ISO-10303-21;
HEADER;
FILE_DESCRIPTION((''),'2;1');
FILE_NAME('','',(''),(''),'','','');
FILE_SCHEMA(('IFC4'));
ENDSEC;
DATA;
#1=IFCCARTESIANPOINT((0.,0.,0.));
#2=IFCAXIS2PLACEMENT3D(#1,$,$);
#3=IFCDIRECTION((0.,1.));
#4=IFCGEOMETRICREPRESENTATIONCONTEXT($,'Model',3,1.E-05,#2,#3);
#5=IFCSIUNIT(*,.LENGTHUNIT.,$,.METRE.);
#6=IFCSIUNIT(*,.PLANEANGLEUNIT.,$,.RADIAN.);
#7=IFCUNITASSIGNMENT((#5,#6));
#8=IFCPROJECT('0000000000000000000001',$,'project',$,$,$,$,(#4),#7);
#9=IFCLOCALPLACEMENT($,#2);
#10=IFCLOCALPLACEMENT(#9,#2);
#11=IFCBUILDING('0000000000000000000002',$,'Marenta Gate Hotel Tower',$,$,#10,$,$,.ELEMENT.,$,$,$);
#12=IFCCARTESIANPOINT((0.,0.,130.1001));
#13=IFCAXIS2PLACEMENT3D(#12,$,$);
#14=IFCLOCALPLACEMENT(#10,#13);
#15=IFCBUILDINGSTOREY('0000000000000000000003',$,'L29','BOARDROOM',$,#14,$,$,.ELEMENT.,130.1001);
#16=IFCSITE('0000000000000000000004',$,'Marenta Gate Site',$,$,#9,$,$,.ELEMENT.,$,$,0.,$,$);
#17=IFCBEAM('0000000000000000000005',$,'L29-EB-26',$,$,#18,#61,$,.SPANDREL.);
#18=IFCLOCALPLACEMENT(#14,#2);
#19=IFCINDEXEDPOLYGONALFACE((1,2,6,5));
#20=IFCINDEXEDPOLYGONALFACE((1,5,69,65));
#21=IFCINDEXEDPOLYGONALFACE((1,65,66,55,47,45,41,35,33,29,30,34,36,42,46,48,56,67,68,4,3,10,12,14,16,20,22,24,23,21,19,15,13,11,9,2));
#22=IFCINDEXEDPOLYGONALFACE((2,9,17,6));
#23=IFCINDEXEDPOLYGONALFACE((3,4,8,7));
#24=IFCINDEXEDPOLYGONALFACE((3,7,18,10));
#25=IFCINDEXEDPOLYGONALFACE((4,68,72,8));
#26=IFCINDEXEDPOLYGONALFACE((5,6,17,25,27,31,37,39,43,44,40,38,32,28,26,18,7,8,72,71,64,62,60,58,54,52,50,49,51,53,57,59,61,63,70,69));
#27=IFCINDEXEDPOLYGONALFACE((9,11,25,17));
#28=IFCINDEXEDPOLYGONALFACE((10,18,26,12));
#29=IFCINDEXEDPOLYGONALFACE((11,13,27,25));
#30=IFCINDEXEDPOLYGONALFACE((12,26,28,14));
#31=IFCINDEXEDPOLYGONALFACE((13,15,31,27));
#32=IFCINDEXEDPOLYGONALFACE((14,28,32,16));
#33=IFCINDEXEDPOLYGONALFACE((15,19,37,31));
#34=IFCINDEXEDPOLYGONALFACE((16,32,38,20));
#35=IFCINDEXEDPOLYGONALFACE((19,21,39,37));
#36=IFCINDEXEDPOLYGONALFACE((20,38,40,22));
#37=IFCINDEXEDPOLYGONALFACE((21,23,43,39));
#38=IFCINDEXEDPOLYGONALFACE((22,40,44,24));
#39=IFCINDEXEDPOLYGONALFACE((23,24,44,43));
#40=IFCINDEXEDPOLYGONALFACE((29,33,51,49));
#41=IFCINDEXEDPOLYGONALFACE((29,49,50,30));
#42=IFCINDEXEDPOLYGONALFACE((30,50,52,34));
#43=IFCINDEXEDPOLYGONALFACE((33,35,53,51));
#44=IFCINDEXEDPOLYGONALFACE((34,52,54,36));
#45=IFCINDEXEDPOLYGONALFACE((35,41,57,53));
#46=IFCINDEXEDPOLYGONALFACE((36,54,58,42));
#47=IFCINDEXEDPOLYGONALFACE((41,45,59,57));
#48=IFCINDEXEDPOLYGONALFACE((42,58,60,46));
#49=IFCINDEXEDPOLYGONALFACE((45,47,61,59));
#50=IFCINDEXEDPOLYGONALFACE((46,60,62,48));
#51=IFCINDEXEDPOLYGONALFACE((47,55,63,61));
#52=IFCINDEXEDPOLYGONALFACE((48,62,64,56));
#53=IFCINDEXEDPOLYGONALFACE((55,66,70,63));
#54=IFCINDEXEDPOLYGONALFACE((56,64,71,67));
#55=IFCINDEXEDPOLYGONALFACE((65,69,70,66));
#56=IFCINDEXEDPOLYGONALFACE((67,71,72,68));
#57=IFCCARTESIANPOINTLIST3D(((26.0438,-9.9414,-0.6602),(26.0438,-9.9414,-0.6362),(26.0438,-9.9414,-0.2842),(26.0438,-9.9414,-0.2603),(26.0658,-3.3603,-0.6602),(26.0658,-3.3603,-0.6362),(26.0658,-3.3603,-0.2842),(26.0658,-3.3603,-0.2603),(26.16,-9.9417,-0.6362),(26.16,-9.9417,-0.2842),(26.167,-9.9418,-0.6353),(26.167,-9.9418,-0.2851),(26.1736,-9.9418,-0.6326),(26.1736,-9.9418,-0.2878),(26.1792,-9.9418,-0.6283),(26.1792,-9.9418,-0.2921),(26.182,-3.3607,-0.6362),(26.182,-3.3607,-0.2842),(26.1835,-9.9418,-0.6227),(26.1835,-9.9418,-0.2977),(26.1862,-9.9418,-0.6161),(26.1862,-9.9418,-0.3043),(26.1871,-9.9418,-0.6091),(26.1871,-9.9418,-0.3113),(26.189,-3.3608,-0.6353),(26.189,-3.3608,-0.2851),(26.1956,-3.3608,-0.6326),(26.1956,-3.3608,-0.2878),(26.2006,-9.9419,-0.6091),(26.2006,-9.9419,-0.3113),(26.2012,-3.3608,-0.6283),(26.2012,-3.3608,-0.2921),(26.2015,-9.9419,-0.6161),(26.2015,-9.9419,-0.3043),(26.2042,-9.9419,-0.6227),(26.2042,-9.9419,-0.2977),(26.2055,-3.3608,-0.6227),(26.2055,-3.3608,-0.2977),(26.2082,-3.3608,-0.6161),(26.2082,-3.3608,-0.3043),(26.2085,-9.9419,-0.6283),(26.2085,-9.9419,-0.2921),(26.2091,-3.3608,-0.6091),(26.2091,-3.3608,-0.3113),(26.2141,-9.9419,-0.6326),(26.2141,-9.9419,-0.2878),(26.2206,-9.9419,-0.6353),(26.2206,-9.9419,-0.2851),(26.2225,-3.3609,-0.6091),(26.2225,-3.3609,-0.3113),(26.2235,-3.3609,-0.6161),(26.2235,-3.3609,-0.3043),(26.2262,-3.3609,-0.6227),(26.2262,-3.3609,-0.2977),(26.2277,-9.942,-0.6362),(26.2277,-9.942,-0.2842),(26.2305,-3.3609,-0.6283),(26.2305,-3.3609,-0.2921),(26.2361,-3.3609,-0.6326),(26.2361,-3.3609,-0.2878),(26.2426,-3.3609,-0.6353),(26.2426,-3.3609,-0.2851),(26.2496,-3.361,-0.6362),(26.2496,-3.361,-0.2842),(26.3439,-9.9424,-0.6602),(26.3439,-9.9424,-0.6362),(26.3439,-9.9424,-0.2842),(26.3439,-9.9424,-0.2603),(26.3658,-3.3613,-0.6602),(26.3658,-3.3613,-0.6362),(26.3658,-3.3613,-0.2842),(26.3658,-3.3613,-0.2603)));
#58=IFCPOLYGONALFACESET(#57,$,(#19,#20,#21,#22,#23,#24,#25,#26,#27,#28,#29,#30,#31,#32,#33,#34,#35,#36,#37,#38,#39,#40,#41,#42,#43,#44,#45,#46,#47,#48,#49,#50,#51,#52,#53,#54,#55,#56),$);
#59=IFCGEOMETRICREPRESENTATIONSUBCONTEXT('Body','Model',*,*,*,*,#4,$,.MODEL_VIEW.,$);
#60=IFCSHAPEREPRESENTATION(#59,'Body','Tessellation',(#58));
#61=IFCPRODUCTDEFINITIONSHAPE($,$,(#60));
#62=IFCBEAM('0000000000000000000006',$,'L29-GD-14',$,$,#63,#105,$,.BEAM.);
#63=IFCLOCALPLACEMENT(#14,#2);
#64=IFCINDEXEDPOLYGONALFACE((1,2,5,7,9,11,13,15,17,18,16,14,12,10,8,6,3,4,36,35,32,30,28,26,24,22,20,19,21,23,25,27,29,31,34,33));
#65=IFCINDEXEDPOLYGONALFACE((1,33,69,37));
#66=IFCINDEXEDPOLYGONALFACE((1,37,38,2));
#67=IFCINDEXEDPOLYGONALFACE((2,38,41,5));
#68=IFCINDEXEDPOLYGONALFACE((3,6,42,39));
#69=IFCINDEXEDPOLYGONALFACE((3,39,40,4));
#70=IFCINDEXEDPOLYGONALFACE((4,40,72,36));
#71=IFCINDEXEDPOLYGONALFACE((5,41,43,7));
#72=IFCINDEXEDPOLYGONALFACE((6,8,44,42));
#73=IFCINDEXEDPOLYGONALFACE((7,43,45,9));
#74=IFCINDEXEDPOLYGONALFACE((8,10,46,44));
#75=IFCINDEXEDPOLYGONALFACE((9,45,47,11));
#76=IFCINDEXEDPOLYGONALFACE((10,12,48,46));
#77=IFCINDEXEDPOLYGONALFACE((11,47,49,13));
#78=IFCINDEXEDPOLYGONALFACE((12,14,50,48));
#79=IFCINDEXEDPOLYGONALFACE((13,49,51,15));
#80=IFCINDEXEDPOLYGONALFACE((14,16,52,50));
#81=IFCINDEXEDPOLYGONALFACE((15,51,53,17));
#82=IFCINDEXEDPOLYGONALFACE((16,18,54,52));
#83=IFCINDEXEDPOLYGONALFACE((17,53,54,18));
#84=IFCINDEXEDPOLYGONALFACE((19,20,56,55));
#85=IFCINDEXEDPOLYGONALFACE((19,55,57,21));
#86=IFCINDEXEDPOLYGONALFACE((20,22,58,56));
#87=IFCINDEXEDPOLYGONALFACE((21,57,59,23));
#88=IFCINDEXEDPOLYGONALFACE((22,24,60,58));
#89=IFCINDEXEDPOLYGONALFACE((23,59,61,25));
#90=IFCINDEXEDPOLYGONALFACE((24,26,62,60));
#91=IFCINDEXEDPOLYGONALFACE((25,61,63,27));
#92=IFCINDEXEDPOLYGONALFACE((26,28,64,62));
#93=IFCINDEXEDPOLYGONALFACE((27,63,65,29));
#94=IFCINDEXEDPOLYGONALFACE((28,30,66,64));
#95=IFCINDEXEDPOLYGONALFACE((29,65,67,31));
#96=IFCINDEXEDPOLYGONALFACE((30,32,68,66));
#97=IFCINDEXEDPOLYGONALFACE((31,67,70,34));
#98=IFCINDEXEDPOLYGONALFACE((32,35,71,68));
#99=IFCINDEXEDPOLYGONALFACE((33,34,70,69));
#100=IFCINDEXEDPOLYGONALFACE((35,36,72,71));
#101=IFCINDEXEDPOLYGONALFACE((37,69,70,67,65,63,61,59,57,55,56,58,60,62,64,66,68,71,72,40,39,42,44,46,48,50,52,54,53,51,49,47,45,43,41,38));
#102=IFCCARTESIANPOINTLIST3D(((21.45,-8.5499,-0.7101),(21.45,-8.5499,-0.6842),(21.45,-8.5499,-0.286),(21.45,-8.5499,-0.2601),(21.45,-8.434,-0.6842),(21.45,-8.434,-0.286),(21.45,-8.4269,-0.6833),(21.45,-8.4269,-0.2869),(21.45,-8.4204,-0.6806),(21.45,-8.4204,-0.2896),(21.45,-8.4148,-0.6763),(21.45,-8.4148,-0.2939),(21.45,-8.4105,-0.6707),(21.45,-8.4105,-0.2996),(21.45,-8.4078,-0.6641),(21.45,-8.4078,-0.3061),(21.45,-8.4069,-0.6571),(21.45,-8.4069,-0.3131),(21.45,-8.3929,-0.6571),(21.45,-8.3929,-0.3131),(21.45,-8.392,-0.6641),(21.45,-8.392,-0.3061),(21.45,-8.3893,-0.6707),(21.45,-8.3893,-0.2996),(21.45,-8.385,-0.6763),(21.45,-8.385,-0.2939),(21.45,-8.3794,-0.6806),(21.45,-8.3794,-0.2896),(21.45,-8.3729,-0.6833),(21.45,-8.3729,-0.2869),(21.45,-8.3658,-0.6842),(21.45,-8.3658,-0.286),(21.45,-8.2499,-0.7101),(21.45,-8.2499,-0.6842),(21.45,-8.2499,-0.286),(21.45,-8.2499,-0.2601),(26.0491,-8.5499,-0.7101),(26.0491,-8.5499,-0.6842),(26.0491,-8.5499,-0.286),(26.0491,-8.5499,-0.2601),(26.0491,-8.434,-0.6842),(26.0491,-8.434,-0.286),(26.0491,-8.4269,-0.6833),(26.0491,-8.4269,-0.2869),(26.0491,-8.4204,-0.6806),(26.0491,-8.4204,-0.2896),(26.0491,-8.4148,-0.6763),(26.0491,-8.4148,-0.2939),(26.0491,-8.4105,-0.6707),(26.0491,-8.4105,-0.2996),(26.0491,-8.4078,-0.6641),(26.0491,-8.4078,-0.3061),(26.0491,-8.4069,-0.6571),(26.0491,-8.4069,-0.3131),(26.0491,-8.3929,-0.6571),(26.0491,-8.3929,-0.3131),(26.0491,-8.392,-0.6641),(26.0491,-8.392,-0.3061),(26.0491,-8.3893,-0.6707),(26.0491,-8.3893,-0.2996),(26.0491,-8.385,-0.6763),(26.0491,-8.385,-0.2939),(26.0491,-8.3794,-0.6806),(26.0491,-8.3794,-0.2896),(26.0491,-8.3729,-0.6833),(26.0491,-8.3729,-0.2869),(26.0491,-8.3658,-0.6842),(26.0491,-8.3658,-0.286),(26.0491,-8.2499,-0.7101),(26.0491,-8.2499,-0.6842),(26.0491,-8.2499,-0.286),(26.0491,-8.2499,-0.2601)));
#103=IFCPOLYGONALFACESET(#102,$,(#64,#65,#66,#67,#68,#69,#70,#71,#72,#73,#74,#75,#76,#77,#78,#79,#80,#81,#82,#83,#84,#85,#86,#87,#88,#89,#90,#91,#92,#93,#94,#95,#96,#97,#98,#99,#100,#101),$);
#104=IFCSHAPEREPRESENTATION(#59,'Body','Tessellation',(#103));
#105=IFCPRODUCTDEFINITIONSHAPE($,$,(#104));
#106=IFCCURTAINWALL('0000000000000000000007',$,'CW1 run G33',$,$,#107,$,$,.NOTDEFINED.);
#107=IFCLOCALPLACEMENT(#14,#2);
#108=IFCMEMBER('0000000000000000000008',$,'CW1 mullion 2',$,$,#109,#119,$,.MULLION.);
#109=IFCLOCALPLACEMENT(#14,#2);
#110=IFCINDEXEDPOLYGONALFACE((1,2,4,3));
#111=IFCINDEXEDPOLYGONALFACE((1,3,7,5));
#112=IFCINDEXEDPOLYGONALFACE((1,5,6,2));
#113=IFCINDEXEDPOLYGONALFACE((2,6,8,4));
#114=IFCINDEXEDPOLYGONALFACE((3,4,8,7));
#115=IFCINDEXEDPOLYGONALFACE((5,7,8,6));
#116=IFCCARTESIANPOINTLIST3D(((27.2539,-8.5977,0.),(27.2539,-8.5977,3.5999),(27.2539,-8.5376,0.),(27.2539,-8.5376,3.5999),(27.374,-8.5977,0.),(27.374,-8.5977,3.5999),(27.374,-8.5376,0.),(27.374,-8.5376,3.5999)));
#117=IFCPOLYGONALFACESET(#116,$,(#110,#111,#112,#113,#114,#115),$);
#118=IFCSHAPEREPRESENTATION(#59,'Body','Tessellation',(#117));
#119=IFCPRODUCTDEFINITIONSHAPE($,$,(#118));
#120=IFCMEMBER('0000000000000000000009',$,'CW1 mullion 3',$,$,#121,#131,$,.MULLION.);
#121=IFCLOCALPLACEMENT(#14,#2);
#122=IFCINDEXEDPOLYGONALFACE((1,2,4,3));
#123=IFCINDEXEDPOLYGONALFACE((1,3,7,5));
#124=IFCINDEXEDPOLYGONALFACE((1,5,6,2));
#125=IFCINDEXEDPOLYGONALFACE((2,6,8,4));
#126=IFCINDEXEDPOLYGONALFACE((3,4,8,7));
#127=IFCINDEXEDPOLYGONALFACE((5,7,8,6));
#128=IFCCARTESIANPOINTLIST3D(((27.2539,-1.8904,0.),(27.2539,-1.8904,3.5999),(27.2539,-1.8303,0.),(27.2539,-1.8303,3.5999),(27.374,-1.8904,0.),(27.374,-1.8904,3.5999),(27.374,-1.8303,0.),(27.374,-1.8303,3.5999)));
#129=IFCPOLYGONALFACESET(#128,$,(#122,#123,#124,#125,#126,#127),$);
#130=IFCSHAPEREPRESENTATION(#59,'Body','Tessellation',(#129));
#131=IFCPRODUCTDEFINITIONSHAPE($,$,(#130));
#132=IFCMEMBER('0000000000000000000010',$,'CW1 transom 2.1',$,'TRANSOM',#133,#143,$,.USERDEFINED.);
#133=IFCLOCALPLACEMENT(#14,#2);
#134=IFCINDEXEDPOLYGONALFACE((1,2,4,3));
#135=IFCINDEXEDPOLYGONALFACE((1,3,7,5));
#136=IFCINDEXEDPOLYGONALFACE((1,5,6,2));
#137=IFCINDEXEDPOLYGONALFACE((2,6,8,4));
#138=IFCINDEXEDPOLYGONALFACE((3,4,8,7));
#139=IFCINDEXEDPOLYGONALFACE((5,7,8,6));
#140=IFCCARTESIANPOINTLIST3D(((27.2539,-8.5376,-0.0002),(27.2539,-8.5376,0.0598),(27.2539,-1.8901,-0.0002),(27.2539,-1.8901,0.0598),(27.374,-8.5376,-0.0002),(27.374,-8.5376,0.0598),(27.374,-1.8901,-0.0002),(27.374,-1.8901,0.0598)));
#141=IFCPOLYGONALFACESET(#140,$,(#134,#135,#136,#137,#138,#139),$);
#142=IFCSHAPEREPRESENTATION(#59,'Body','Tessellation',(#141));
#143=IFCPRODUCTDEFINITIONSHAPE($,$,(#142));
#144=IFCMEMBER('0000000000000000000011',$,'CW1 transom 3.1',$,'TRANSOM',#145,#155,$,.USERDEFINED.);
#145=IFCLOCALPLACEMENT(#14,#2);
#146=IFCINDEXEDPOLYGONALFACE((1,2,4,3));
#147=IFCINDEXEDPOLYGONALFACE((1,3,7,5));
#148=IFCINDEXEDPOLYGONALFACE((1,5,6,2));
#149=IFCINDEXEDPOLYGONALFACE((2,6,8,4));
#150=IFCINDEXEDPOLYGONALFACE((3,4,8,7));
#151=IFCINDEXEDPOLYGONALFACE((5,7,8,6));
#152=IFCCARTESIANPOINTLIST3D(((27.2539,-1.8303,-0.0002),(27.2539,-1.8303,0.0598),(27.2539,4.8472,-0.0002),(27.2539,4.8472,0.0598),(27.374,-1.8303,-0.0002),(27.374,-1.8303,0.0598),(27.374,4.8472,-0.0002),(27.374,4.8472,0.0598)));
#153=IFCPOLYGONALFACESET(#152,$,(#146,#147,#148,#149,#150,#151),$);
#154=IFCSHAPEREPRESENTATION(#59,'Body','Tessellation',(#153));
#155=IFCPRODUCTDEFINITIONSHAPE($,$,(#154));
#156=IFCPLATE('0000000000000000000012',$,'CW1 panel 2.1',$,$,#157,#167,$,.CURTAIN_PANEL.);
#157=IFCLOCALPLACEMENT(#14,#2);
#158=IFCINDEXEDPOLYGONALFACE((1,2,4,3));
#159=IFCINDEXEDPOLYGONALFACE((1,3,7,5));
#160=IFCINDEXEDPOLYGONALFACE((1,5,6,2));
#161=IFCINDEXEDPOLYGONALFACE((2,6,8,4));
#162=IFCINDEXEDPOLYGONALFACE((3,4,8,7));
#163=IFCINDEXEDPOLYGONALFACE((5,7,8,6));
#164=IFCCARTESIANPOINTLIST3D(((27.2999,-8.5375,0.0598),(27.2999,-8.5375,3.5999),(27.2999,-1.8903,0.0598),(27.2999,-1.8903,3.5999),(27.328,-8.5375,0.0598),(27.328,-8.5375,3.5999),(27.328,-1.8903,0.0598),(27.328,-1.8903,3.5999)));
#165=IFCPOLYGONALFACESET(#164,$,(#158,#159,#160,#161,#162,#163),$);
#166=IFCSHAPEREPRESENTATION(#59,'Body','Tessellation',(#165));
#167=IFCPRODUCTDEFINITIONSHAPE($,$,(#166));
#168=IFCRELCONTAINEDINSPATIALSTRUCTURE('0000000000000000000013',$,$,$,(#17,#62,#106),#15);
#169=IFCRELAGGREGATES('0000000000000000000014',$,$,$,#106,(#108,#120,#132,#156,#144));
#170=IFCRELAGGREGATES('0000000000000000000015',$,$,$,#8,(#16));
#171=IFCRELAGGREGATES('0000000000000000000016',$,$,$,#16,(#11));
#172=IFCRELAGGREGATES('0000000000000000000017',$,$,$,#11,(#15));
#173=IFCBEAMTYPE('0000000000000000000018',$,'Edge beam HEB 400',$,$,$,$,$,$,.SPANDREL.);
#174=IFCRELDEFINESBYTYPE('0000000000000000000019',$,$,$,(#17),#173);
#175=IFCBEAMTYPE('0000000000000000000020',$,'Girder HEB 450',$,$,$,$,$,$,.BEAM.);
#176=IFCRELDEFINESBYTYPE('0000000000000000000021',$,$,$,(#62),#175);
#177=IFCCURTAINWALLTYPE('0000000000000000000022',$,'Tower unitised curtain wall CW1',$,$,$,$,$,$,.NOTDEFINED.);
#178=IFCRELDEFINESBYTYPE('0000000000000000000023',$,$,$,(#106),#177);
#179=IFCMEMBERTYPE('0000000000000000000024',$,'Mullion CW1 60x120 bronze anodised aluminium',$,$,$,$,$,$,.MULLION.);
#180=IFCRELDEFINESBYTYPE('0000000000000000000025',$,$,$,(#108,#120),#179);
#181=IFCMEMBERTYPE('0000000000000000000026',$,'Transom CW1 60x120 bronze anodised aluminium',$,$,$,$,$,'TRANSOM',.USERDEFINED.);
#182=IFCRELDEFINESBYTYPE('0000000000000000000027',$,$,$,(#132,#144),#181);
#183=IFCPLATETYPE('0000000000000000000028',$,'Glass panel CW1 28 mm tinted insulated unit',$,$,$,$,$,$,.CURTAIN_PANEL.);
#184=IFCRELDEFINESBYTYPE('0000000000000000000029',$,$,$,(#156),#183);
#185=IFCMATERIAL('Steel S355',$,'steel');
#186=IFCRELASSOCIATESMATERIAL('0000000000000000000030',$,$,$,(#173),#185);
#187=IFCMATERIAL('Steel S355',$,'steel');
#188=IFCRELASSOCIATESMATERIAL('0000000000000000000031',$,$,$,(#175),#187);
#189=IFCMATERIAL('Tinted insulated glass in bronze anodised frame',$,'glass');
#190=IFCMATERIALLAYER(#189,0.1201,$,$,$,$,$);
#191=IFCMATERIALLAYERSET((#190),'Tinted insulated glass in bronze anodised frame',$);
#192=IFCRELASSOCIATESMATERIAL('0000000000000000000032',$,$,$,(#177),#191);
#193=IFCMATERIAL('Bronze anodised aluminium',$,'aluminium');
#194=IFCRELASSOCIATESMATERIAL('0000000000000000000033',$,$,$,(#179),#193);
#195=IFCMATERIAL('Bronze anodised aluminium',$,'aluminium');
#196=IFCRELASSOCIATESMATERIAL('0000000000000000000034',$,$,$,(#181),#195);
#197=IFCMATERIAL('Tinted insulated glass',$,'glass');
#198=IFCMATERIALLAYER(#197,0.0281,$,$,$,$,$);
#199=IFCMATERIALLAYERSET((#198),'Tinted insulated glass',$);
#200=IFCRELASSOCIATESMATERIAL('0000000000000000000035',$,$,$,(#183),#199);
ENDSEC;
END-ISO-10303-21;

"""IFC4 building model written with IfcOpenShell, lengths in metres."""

from ifc_helpers import new_model, si_unit, direction, frame, origin, origin_2d, place, context, subcontext, project, spatial, rectangle, i_section, extrude, material, layer, layer_set, material_profile, profile_set, type_object, element, aggregate, save


model = new_model("IFC4")

# Units and contexts
model_context = context("Model", 3, precision=1e-05, world=origin(), true_north=direction((0.0, 1.0)))
body_context = subcontext(model_context, "Body", "Model", "MODEL_VIEW")
ifc_project = project(units=[si_unit("LENGTHUNIT", "METRE"), si_unit("PLANEANGLEUNIT", "RADIAN")], contexts=[model_context])

# Site, building, storey
site_placement = place(None, origin())
site = spatial("IfcSite", under=ifc_project, at=site_placement, Name="Marenta Gate Site", CompositionType="ELEMENT", RefElevation=0.0)
building_placement = place(site_placement, origin())
building = spatial("IfcBuilding", under=site, at=building_placement, Name="Marenta Gate Hotel Tower", CompositionType="ELEMENT")
storey_placement = place(building_placement, frame((0.0, 0.0, 130.1001)))
storey = spatial("IfcBuildingStorey", under=building, at=storey_placement, Name="L29", Description="BOARDROOM", CompositionType="ELEMENT", Elevation=130.1001)

# Beams
ifc_material_1 = material(Name="Steel S355", Category="steel")
ifc_material_profile_1 = material_profile(ifc_material_1, i_section(OverallWidth=0.3, OverallDepth=0.3999, WebThickness=0.0134, FlangeThickness=0.0239, FilletRadius=0.0271, at=origin_2d()), Name="HEB 400")
ifc_profile_set_1 = profile_set([ifc_material_profile_1], Name="Steel S355")
beam_type_1 = type_object("IfcBeamType", Name="Edge beam HEB 400", PredefinedType="SPANDREL", material=ifc_profile_set_1)
beam_1_placement = place(storey_placement, frame((26.2158, -3.3608, -0.4602), z_axis=(-0.003339, -0.999994, 0.0), x_axis=(0.999994, -0.003339, 0.0)))
element("IfcBeam", 1, at=beam_1_placement, inside=storey, type_object=beam_type_1, Name="L29-EB-26", PredefinedType="SPANDREL", context=body_context, shape_type="SweptSolid", body=[
    extrude(i_section(OverallWidth=0.3, OverallDepth=0.3999, WebThickness=0.0134, FlangeThickness=0.0239, FilletRadius=0.0271, at=origin_2d()), origin(), (0.0, 0.0, 1.0), 6.5811),
])
ifc_material_2 = material(Name="Steel S355", Category="steel")
ifc_material_profile_2 = material_profile(ifc_material_2, i_section(OverallWidth=0.3, OverallDepth=0.45, WebThickness=0.0139, FlangeThickness=0.0259, FilletRadius=0.0271, at=origin_2d()), Name="HEB 450")
ifc_profile_set_2 = profile_set([ifc_material_profile_2], Name="Steel S355")
beam_type_2 = type_object("IfcBeamType", Name="Girder HEB 450", PredefinedType="BEAM", material=ifc_profile_set_2)
beam_2_placement = place(storey_placement, frame((21.45, -8.3999, -0.4851), z_axis=(1.0, 0.0, 0.0), x_axis=(0.0, 1.0, 0.0)))
element("IfcBeam", 2, at=beam_2_placement, inside=storey, type_object=beam_type_2, Name="L29-GD-14", PredefinedType="BEAM", context=body_context, shape_type="SweptSolid", body=[
    extrude(i_section(OverallWidth=0.3, OverallDepth=0.45, WebThickness=0.0139, FlangeThickness=0.0259, FilletRadius=0.0271, at=origin_2d()), origin(), (0.0, 0.0, 1.0), 4.5991),
])

# Curtain wall, members, plate
ifc_material_3 = material(Name="Tinted insulated glass in bronze anodised frame", Category="glass")
ifc_layer_1 = layer(ifc_material_3, 0.1201)
ifc_layer_set_1 = layer_set([ifc_layer_1], Name="Tinted insulated glass in bronze anodised frame")
curtain_wall_type = type_object("IfcCurtainWallType", Name="Tower unitised curtain wall CW1", PredefinedType="NOTDEFINED", material=ifc_layer_set_1)
curtain_wall_placement = place(storey_placement, origin())
curtain_wall = element("IfcCurtainWall", 3, at=curtain_wall_placement, inside=storey, type_object=curtain_wall_type, Name="CW1 run G33", PredefinedType="NOTDEFINED")
ifc_material_4 = material(Name="Bronze anodised aluminium", Category="aluminium")
ifc_material_profile_3 = material_profile(ifc_material_4, rectangle(XDim=0.1201, YDim=0.0601, at=origin_2d()), Name="Mullion CW1 60x120 bronze anodised aluminium")
ifc_profile_set_3 = profile_set([ifc_material_profile_3], Name="Bronze anodised aluminium")
member_type_1 = type_object("IfcMemberType", Name="Mullion CW1 60x120 bronze anodised aluminium", PredefinedType="MULLION", material=ifc_profile_set_3)
member_1_placement = place(storey_placement, frame((27.314, -8.5676, 0.0), z_axis=(0.0, 0.0, 1.0), x_axis=(-1.0, 0.0, 0.0)))
member_1 = element("IfcMember", 4, at=member_1_placement, type_object=member_type_1, Name="CW1 mullion 2", PredefinedType="MULLION", context=body_context, shape_type="SweptSolid", body=[
    extrude(rectangle(XDim=0.1201, YDim=0.0601, at=origin_2d()), origin(), (0.0, 0.0, 1.0), 3.5999),
])
member_2_placement = place(storey_placement, frame((27.314, -1.8604, 0.0), z_axis=(0.0, 0.0, 1.0), x_axis=(-1.0, 0.0, 0.0)))
member_2 = element("IfcMember", 5, at=member_2_placement, type_object=member_type_1, Name="CW1 mullion 3", PredefinedType="MULLION", context=body_context, shape_type="SweptSolid", body=[
    extrude(rectangle(XDim=0.1201, YDim=0.0601, at=origin_2d()), origin(), (0.0, 0.0, 1.0), 3.5999),
])
ifc_material_5 = material(Name="Bronze anodised aluminium", Category="aluminium")
ifc_material_profile_4 = material_profile(ifc_material_5, rectangle(XDim=0.1201, YDim=0.0601, at=origin_2d()), Name="Transom CW1 60x120 bronze anodised aluminium")
ifc_profile_set_4 = profile_set([ifc_material_profile_4], Name="Bronze anodised aluminium")
member_type_2 = type_object("IfcMemberType", Name="Transom CW1 60x120 bronze anodised aluminium", ElementType="TRANSOM", PredefinedType="USERDEFINED", material=ifc_profile_set_4)
member_3_placement = place(storey_placement, frame((27.314, -8.5376, 0.0298), z_axis=(0.0, 1.0, 0.0), x_axis=(-1.0, 0.0, 0.0)))
member_3 = element("IfcMember", 6, at=member_3_placement, type_object=member_type_2, Name="CW1 transom 2.1", ObjectType="TRANSOM", PredefinedType="USERDEFINED", context=body_context, shape_type="SweptSolid", body=[
    extrude(rectangle(XDim=0.1201, YDim=0.0601, at=origin_2d()), origin(), (0.0, 0.0, 1.0), 6.6475),
])
member_4_placement = place(storey_placement, frame((27.314, -1.8303, 0.0298), z_axis=(0.0, 1.0, 0.0), x_axis=(-1.0, 0.0, 0.0)))
member_4 = element("IfcMember", 7, at=member_4_placement, type_object=member_type_2, Name="CW1 transom 3.1", ObjectType="TRANSOM", PredefinedType="USERDEFINED", context=body_context, shape_type="SweptSolid", body=[
    extrude(rectangle(XDim=0.1201, YDim=0.0601, at=origin_2d()), origin(), (0.0, 0.0, 1.0), 6.6775),
])
ifc_material_6 = material(Name="Tinted insulated glass", Category="glass")
ifc_layer_2 = layer(ifc_material_6, 0.0281)
ifc_layer_set_2 = layer_set([ifc_layer_2], Name="Tinted insulated glass")
plate_type = type_object("IfcPlateType", Name="Glass panel CW1 28 mm tinted insulated unit", PredefinedType="CURTAIN_PANEL", material=ifc_layer_set_2)
plate_placement = place(storey_placement, frame((27.314, -5.2139, 0.0598), z_axis=(0.0, 0.0, 1.0), x_axis=(0.0, 1.0, 0.0)))
plate = element("IfcPlate", 8, at=plate_placement, type_object=plate_type, Name="CW1 panel 2.1", PredefinedType="CURTAIN_PANEL", context=body_context, shape_type="SweptSolid", body=[
    extrude(rectangle(XDim=6.6472, YDim=0.0281, at=origin_2d()), origin(), (0.0, 0.0, 1.0), 3.54),
])
aggregate(curtain_wall, [member_1, member_2, member_3, plate, member_4])

save(model, "model.ifc")
